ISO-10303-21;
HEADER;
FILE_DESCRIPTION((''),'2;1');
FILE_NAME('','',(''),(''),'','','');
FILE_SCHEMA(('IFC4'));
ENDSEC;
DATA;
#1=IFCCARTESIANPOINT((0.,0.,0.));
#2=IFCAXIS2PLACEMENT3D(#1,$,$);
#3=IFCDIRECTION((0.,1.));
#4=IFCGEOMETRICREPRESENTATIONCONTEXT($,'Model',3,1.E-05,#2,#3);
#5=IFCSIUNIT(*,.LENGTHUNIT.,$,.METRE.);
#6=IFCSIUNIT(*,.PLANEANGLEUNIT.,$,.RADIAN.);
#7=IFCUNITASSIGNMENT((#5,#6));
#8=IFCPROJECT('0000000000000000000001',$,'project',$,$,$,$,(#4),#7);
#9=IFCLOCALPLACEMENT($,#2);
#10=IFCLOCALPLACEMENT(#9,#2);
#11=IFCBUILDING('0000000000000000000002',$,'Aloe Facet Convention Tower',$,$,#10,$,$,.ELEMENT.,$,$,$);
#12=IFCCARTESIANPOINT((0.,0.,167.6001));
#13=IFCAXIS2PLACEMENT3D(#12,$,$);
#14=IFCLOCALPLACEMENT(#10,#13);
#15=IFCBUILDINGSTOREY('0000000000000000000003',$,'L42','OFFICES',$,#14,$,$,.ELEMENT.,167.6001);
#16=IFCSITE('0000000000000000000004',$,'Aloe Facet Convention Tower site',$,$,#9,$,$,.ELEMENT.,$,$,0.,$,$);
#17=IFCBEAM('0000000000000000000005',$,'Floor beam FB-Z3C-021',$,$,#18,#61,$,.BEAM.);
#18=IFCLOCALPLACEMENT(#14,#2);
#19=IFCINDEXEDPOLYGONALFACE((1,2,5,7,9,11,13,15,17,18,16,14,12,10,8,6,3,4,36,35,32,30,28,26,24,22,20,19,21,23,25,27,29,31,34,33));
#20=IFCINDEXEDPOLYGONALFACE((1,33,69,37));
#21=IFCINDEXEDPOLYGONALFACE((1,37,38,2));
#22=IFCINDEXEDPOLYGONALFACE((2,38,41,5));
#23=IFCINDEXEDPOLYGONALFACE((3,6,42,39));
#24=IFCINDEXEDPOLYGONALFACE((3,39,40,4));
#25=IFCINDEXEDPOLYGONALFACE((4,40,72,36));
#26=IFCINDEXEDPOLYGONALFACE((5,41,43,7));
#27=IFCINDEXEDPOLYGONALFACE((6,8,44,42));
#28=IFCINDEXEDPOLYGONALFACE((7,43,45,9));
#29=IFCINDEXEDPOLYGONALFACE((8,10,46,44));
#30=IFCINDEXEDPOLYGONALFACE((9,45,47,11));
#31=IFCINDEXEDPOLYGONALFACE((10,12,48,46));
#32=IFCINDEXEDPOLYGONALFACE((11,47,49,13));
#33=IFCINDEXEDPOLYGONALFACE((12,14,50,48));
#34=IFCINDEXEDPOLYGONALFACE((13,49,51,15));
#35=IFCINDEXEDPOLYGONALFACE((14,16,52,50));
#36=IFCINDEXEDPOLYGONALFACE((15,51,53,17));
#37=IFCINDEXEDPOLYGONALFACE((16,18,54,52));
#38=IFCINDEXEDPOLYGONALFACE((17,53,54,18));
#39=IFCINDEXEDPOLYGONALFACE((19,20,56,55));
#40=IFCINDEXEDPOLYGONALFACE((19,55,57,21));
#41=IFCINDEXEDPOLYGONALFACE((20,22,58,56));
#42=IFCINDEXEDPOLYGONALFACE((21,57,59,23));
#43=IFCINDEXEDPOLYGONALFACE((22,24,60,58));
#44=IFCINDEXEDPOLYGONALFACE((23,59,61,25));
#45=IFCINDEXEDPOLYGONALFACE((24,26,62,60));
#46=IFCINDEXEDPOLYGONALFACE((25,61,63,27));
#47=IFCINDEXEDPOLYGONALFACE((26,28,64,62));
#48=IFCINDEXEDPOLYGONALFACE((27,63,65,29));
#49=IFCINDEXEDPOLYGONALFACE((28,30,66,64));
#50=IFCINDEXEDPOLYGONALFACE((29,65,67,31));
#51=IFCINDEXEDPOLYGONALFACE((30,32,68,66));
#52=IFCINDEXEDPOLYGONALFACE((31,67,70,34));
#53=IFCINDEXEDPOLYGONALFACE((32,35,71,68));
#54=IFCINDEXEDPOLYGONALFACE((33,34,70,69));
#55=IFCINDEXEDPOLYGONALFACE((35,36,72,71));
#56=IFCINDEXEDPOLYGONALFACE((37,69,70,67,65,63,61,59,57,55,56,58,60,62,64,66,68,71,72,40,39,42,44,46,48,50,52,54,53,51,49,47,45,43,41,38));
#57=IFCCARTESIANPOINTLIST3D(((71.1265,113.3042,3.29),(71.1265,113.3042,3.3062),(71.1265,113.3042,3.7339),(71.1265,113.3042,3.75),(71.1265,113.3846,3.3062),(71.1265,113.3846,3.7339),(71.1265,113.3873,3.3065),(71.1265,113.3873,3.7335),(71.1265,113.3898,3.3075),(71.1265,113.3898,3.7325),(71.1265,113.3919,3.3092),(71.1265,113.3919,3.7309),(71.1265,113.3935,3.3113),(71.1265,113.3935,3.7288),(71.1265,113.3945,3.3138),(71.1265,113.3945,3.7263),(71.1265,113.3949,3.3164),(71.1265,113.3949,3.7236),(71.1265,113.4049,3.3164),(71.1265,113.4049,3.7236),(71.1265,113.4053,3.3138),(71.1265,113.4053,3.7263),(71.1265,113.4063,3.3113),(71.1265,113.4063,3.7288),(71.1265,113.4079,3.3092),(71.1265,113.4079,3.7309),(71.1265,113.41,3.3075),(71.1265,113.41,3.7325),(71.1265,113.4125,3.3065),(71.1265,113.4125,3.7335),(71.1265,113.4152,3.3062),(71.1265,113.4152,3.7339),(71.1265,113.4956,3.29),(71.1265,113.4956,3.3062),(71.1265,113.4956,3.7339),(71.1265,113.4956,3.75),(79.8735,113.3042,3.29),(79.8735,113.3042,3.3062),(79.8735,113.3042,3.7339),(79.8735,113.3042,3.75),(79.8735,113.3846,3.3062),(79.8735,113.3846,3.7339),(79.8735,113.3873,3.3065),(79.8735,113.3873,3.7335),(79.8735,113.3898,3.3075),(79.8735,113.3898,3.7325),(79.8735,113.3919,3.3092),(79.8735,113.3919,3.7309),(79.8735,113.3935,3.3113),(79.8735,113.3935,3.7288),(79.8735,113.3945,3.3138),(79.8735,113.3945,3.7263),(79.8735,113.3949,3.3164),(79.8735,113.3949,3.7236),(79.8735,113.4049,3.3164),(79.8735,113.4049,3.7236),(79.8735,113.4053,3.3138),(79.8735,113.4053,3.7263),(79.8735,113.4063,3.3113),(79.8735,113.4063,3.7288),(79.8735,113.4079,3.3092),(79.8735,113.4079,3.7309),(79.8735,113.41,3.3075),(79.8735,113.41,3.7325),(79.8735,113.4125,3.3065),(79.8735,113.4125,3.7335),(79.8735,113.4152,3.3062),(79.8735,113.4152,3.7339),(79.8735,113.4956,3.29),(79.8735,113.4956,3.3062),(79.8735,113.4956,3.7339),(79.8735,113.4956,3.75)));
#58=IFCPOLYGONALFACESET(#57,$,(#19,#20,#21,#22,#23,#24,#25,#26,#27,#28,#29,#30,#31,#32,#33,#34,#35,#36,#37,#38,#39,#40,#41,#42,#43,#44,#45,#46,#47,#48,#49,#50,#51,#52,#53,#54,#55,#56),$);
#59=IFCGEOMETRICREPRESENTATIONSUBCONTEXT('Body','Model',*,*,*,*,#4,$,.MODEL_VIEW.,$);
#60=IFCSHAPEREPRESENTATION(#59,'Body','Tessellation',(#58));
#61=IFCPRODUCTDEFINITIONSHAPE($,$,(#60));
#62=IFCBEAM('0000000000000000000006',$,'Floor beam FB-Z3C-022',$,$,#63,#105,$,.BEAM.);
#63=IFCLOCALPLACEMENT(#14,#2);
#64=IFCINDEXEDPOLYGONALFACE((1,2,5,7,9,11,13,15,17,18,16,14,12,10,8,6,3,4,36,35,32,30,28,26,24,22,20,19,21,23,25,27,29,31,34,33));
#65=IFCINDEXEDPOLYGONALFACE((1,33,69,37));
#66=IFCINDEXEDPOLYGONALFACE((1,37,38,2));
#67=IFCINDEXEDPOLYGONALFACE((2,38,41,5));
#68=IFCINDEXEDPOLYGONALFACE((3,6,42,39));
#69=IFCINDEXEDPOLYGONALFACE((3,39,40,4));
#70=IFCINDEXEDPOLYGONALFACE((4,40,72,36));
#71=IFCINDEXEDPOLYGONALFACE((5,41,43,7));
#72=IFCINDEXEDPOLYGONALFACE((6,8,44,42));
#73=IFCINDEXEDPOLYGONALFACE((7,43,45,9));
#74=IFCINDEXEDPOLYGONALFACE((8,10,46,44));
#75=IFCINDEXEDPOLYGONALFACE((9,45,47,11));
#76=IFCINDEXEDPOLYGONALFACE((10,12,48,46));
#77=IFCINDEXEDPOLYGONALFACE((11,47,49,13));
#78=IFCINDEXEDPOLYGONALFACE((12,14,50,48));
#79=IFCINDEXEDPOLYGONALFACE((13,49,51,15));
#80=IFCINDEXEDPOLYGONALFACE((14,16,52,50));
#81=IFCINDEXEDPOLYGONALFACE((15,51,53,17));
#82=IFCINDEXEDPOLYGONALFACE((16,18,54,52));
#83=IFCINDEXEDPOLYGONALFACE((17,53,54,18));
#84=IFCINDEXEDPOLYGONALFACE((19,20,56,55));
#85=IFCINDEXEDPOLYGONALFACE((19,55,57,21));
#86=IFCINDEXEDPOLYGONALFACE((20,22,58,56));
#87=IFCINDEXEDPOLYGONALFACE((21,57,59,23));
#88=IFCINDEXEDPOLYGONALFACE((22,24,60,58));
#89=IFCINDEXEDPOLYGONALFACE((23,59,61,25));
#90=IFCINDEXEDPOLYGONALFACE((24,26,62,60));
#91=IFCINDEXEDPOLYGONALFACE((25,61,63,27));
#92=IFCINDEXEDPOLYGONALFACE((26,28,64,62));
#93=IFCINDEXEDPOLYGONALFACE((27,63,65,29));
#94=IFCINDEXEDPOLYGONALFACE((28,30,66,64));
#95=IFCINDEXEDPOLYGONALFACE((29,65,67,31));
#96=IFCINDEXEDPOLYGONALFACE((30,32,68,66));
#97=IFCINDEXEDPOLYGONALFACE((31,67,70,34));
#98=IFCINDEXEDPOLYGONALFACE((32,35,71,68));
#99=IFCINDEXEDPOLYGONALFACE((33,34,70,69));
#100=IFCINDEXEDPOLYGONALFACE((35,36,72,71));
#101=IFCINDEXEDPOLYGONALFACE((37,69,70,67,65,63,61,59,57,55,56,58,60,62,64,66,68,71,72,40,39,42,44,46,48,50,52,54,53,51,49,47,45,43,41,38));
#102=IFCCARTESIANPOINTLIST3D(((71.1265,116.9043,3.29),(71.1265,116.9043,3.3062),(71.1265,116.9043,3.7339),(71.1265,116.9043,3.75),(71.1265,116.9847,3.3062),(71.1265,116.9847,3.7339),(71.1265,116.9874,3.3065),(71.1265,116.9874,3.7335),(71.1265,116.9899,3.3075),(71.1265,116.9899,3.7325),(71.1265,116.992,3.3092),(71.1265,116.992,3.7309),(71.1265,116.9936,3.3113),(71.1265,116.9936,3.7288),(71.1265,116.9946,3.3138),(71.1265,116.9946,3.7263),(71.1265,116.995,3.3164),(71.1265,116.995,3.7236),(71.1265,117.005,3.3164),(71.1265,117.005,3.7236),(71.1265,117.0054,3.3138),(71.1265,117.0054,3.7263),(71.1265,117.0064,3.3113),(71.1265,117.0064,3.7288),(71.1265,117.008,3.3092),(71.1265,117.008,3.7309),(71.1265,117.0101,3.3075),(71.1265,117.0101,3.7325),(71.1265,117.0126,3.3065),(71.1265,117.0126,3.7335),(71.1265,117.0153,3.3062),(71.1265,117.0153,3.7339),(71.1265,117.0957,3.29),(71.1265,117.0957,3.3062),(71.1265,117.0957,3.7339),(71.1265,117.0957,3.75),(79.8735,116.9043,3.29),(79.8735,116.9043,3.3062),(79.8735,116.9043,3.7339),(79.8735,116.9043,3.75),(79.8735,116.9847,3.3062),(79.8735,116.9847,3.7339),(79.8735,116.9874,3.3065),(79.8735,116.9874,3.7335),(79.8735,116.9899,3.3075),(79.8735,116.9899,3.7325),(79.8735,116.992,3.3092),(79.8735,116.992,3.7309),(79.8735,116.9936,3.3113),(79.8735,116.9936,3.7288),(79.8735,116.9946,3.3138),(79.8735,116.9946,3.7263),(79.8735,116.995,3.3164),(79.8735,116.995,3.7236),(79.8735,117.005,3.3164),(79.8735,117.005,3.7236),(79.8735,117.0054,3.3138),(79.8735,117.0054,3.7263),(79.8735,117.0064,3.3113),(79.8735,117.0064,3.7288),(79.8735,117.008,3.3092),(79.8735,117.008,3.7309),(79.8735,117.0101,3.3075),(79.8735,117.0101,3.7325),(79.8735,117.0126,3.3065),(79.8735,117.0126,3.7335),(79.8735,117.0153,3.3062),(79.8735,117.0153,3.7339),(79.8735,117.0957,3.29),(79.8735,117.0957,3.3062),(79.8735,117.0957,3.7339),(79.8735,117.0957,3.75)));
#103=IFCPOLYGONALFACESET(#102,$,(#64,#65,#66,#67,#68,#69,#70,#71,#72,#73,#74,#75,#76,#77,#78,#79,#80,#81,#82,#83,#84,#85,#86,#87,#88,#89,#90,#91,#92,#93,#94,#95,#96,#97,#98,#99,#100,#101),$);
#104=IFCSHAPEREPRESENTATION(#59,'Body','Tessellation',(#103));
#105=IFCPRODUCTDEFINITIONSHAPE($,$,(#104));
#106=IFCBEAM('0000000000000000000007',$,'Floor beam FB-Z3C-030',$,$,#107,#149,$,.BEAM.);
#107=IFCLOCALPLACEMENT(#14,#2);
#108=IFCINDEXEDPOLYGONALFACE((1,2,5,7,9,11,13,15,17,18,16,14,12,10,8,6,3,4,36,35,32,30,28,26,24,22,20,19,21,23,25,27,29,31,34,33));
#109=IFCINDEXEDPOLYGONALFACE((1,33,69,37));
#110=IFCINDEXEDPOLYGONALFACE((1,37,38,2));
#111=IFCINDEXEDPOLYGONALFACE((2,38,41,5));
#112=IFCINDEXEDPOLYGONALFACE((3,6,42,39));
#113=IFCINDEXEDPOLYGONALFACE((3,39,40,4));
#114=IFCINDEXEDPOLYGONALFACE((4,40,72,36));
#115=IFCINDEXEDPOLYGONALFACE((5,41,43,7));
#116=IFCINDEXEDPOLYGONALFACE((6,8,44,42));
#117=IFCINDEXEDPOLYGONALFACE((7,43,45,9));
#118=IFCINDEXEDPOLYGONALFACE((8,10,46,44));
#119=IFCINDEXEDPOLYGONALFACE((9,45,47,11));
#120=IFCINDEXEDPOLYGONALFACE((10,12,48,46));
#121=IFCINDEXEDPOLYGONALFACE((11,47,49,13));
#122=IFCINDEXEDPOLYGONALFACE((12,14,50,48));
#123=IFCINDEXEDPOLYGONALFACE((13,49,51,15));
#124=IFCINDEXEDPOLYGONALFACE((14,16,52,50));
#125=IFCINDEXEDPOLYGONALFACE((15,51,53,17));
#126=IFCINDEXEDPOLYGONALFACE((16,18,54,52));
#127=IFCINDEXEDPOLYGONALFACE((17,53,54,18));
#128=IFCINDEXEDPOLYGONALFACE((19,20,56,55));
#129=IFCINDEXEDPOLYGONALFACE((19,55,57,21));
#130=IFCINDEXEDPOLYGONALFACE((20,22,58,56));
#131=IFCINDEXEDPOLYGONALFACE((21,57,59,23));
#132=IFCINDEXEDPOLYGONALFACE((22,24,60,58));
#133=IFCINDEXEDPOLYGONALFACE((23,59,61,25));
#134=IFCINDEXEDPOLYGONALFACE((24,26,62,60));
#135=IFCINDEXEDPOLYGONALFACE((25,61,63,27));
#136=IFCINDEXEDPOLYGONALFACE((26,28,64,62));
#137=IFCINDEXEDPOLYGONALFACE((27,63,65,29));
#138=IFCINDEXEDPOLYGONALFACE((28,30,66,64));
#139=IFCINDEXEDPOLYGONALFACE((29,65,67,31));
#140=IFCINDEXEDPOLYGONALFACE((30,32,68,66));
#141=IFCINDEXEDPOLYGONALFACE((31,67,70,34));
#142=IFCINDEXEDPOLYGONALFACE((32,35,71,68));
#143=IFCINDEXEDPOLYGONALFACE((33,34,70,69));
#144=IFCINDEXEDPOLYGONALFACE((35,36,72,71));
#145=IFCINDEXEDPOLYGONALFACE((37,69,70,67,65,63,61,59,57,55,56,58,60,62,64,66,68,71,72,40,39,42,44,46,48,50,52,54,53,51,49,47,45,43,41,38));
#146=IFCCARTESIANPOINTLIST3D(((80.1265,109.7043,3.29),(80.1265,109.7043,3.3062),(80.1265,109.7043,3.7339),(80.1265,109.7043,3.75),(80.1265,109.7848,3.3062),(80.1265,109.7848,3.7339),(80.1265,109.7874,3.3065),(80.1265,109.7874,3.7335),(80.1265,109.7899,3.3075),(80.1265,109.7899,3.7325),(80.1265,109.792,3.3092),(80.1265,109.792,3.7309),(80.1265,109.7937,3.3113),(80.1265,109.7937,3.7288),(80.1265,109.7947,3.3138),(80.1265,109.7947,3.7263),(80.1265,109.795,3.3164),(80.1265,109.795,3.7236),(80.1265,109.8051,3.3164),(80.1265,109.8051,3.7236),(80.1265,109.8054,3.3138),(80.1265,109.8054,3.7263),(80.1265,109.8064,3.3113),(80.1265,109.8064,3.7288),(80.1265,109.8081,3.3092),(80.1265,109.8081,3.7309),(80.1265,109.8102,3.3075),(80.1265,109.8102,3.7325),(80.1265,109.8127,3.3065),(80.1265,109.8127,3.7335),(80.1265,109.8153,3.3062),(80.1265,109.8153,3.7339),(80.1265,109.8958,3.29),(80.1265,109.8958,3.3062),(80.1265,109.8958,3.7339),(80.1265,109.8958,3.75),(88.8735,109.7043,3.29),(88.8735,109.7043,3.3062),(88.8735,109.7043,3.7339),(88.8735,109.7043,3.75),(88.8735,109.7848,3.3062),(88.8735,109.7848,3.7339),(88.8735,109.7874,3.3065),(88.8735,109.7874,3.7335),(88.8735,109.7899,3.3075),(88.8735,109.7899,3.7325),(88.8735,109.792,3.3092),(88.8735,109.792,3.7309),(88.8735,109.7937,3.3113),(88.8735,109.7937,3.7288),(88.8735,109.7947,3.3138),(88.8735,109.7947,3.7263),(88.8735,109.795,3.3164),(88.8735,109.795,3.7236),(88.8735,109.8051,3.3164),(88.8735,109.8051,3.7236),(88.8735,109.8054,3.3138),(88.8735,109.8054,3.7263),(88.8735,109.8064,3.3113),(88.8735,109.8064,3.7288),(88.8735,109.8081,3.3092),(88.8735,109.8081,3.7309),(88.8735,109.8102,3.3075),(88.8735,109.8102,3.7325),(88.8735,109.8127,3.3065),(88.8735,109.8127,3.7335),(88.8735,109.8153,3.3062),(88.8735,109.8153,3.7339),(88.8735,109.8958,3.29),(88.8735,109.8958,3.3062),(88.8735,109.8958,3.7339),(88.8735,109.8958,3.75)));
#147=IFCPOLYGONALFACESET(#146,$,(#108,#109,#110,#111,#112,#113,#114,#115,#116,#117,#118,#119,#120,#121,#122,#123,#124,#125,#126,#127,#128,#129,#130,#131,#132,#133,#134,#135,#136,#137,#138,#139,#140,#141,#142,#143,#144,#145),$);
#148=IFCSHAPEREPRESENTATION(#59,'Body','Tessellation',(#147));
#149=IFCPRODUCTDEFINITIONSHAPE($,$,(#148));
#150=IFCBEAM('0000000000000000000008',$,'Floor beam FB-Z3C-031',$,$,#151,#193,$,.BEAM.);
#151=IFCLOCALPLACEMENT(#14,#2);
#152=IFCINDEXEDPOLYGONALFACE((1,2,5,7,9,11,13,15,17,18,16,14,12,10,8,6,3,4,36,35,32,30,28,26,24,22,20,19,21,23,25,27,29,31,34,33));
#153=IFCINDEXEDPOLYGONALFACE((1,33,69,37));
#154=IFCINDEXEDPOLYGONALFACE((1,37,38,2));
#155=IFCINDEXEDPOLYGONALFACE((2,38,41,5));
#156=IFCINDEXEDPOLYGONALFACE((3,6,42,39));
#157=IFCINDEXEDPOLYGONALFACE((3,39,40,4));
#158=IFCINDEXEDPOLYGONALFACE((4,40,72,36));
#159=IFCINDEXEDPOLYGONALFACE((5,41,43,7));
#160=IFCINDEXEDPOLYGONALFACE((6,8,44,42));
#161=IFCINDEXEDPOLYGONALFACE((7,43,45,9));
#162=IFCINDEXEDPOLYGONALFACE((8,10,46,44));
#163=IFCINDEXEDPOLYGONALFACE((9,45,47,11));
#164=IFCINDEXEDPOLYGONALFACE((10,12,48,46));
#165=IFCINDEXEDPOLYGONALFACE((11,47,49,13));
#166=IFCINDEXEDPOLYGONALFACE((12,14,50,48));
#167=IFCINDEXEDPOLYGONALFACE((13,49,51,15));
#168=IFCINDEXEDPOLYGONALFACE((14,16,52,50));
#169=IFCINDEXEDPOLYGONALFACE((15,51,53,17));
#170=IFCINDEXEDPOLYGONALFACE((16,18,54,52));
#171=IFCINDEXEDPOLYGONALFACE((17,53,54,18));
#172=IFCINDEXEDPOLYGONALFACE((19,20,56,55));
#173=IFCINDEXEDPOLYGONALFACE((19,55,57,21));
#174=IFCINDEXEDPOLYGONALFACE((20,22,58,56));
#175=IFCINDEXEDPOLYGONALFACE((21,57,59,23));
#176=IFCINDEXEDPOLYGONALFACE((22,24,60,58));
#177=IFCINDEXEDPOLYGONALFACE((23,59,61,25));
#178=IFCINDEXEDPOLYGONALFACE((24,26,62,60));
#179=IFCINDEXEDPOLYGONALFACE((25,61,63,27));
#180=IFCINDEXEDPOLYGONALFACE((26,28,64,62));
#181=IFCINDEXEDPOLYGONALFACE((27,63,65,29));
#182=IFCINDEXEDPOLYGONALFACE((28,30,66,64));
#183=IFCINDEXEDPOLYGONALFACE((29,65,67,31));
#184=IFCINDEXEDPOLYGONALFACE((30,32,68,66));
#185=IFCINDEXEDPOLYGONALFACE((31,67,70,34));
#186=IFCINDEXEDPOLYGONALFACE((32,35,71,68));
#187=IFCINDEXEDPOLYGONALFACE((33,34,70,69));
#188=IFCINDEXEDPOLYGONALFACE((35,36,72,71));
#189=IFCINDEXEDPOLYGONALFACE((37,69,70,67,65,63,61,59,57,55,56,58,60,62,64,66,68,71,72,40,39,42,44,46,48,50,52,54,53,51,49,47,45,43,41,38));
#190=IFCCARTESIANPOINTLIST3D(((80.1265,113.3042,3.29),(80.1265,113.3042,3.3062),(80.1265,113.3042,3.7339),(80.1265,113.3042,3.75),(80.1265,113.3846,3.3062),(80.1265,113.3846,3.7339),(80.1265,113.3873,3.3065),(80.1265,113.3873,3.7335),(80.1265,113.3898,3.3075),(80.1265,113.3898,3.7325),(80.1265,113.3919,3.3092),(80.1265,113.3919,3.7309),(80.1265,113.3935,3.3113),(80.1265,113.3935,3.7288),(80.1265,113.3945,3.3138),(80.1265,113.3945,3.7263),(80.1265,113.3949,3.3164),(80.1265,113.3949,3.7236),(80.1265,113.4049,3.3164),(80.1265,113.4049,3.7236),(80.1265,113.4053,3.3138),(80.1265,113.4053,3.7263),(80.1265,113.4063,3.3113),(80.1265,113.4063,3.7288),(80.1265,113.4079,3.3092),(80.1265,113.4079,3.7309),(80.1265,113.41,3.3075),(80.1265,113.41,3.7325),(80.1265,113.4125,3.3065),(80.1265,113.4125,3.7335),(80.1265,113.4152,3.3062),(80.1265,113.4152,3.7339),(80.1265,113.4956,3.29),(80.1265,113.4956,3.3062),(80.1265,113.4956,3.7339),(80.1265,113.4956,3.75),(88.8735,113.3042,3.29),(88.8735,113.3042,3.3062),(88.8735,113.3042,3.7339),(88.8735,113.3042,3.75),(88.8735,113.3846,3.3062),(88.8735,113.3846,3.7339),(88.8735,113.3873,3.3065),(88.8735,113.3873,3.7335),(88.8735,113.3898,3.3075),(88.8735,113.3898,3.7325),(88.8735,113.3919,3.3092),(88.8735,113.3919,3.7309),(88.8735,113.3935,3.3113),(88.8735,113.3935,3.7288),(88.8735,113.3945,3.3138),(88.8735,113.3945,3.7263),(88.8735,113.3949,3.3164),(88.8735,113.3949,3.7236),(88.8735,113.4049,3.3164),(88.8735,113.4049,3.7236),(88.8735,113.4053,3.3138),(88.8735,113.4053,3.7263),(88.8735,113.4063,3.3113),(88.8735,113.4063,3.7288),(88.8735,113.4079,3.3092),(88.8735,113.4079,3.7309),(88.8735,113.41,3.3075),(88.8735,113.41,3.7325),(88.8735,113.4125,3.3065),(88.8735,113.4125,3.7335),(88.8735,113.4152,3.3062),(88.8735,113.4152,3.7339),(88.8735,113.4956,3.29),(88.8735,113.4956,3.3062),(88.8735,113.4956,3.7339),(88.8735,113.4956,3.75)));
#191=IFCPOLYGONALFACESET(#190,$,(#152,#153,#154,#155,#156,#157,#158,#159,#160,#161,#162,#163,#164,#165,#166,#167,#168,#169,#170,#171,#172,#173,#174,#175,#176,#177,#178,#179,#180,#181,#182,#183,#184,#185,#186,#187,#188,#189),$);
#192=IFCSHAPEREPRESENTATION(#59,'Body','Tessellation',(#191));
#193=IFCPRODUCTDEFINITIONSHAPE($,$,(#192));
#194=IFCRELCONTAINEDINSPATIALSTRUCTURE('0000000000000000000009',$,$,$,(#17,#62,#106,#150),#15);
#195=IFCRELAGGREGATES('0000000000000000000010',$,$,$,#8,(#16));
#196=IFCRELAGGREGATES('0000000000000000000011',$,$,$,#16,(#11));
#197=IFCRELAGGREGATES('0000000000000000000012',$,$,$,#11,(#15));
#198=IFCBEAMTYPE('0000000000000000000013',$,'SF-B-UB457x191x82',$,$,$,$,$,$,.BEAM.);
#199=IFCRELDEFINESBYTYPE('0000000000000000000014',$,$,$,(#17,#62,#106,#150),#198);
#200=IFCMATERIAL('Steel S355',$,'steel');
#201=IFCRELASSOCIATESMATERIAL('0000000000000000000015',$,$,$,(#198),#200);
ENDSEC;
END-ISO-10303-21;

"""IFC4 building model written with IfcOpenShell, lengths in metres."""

from ifc_helpers import new_model, si_unit, direction, frame, origin, origin_2d, place, context, subcontext, project, spatial, i_section, extrude, material, material_profile, profile_set, type_object, element, save


model = new_model("IFC4")

# Units and contexts
model_context = context("Model", 3, precision=1e-05, world=origin(), true_north=direction((0.0, 1.0)))
body_context = subcontext(model_context, "Body", "Model", "MODEL_VIEW")
ifc_project = project(units=[si_unit("LENGTHUNIT", "METRE"), si_unit("PLANEANGLEUNIT", "RADIAN")], contexts=[model_context])

# Site, building, storey
site_placement = place(None, origin())
site = spatial("IfcSite", under=ifc_project, at=site_placement, Name="Aloe Facet Convention Tower site", CompositionType="ELEMENT", RefElevation=0.0)
building_placement = place(site_placement, origin())
building = spatial("IfcBuilding", under=site, at=building_placement, Name="Aloe Facet Convention Tower", CompositionType="ELEMENT")
storey_placement = place(building_placement, frame((0.0, 0.0, 167.6001)))
storey = spatial("IfcBuildingStorey", under=building, at=storey_placement, Name="L42", Description="OFFICES", CompositionType="ELEMENT", Elevation=167.6001)

# Beams
ifc_material_1 = material(Name="Steel S355", Category="steel")
ifc_material_profile_1 = material_profile(ifc_material_1, i_section(OverallWidth=0.1914, OverallDepth=0.46, WebThickness=0.01, FlangeThickness=0.0161, FilletRadius=0.0103, at=origin_2d()), Name="UB 457x191x82")
ifc_profile_set_1 = profile_set([ifc_material_profile_1], Name="Steel S355")
beam_type_1 = type_object("IfcBeamType", Name="SF-B-UB457x191x82", PredefinedType="BEAM", material=ifc_profile_set_1)
for number, where, z_axis, x_axis, name in (
    (1, (71.1265, 113.3999, 3.52), (1.0, 0.0, 0.0), (0.0, 1.0, 0.0), "Floor beam FB-Z3C-021"),
    (2, (71.1265, 117.0, 3.52), (1.0, 0.0, 0.0), (0.0, 1.0, 0.0), "Floor beam FB-Z3C-022"),
    (3, (80.1265, 109.8, 3.52), (1.0, 0.0, 0.0), (0.0, 1.0, 0.0), "Floor beam FB-Z3C-030"),
    (4, (80.1265, 113.3999, 3.52), (1.0, 0.0, 0.0), (0.0, 1.0, 0.0), "Floor beam FB-Z3C-031"),
):
    element("IfcBeam", number, at=place(storey_placement, frame(where, z_axis=z_axis, x_axis=x_axis)), inside=storey, type_object=beam_type_1, Name=name, PredefinedType="BEAM", context=body_context, shape_type="SweptSolid", body=[
        extrude(i_section(OverallWidth=0.1914, OverallDepth=0.46, WebThickness=0.01, FlangeThickness=0.0161, FilletRadius=0.0103, at=origin_2d()), origin(), (0.0, 0.0, 1.0), 8.7471),
    ])

save(model, "model.ifc")
